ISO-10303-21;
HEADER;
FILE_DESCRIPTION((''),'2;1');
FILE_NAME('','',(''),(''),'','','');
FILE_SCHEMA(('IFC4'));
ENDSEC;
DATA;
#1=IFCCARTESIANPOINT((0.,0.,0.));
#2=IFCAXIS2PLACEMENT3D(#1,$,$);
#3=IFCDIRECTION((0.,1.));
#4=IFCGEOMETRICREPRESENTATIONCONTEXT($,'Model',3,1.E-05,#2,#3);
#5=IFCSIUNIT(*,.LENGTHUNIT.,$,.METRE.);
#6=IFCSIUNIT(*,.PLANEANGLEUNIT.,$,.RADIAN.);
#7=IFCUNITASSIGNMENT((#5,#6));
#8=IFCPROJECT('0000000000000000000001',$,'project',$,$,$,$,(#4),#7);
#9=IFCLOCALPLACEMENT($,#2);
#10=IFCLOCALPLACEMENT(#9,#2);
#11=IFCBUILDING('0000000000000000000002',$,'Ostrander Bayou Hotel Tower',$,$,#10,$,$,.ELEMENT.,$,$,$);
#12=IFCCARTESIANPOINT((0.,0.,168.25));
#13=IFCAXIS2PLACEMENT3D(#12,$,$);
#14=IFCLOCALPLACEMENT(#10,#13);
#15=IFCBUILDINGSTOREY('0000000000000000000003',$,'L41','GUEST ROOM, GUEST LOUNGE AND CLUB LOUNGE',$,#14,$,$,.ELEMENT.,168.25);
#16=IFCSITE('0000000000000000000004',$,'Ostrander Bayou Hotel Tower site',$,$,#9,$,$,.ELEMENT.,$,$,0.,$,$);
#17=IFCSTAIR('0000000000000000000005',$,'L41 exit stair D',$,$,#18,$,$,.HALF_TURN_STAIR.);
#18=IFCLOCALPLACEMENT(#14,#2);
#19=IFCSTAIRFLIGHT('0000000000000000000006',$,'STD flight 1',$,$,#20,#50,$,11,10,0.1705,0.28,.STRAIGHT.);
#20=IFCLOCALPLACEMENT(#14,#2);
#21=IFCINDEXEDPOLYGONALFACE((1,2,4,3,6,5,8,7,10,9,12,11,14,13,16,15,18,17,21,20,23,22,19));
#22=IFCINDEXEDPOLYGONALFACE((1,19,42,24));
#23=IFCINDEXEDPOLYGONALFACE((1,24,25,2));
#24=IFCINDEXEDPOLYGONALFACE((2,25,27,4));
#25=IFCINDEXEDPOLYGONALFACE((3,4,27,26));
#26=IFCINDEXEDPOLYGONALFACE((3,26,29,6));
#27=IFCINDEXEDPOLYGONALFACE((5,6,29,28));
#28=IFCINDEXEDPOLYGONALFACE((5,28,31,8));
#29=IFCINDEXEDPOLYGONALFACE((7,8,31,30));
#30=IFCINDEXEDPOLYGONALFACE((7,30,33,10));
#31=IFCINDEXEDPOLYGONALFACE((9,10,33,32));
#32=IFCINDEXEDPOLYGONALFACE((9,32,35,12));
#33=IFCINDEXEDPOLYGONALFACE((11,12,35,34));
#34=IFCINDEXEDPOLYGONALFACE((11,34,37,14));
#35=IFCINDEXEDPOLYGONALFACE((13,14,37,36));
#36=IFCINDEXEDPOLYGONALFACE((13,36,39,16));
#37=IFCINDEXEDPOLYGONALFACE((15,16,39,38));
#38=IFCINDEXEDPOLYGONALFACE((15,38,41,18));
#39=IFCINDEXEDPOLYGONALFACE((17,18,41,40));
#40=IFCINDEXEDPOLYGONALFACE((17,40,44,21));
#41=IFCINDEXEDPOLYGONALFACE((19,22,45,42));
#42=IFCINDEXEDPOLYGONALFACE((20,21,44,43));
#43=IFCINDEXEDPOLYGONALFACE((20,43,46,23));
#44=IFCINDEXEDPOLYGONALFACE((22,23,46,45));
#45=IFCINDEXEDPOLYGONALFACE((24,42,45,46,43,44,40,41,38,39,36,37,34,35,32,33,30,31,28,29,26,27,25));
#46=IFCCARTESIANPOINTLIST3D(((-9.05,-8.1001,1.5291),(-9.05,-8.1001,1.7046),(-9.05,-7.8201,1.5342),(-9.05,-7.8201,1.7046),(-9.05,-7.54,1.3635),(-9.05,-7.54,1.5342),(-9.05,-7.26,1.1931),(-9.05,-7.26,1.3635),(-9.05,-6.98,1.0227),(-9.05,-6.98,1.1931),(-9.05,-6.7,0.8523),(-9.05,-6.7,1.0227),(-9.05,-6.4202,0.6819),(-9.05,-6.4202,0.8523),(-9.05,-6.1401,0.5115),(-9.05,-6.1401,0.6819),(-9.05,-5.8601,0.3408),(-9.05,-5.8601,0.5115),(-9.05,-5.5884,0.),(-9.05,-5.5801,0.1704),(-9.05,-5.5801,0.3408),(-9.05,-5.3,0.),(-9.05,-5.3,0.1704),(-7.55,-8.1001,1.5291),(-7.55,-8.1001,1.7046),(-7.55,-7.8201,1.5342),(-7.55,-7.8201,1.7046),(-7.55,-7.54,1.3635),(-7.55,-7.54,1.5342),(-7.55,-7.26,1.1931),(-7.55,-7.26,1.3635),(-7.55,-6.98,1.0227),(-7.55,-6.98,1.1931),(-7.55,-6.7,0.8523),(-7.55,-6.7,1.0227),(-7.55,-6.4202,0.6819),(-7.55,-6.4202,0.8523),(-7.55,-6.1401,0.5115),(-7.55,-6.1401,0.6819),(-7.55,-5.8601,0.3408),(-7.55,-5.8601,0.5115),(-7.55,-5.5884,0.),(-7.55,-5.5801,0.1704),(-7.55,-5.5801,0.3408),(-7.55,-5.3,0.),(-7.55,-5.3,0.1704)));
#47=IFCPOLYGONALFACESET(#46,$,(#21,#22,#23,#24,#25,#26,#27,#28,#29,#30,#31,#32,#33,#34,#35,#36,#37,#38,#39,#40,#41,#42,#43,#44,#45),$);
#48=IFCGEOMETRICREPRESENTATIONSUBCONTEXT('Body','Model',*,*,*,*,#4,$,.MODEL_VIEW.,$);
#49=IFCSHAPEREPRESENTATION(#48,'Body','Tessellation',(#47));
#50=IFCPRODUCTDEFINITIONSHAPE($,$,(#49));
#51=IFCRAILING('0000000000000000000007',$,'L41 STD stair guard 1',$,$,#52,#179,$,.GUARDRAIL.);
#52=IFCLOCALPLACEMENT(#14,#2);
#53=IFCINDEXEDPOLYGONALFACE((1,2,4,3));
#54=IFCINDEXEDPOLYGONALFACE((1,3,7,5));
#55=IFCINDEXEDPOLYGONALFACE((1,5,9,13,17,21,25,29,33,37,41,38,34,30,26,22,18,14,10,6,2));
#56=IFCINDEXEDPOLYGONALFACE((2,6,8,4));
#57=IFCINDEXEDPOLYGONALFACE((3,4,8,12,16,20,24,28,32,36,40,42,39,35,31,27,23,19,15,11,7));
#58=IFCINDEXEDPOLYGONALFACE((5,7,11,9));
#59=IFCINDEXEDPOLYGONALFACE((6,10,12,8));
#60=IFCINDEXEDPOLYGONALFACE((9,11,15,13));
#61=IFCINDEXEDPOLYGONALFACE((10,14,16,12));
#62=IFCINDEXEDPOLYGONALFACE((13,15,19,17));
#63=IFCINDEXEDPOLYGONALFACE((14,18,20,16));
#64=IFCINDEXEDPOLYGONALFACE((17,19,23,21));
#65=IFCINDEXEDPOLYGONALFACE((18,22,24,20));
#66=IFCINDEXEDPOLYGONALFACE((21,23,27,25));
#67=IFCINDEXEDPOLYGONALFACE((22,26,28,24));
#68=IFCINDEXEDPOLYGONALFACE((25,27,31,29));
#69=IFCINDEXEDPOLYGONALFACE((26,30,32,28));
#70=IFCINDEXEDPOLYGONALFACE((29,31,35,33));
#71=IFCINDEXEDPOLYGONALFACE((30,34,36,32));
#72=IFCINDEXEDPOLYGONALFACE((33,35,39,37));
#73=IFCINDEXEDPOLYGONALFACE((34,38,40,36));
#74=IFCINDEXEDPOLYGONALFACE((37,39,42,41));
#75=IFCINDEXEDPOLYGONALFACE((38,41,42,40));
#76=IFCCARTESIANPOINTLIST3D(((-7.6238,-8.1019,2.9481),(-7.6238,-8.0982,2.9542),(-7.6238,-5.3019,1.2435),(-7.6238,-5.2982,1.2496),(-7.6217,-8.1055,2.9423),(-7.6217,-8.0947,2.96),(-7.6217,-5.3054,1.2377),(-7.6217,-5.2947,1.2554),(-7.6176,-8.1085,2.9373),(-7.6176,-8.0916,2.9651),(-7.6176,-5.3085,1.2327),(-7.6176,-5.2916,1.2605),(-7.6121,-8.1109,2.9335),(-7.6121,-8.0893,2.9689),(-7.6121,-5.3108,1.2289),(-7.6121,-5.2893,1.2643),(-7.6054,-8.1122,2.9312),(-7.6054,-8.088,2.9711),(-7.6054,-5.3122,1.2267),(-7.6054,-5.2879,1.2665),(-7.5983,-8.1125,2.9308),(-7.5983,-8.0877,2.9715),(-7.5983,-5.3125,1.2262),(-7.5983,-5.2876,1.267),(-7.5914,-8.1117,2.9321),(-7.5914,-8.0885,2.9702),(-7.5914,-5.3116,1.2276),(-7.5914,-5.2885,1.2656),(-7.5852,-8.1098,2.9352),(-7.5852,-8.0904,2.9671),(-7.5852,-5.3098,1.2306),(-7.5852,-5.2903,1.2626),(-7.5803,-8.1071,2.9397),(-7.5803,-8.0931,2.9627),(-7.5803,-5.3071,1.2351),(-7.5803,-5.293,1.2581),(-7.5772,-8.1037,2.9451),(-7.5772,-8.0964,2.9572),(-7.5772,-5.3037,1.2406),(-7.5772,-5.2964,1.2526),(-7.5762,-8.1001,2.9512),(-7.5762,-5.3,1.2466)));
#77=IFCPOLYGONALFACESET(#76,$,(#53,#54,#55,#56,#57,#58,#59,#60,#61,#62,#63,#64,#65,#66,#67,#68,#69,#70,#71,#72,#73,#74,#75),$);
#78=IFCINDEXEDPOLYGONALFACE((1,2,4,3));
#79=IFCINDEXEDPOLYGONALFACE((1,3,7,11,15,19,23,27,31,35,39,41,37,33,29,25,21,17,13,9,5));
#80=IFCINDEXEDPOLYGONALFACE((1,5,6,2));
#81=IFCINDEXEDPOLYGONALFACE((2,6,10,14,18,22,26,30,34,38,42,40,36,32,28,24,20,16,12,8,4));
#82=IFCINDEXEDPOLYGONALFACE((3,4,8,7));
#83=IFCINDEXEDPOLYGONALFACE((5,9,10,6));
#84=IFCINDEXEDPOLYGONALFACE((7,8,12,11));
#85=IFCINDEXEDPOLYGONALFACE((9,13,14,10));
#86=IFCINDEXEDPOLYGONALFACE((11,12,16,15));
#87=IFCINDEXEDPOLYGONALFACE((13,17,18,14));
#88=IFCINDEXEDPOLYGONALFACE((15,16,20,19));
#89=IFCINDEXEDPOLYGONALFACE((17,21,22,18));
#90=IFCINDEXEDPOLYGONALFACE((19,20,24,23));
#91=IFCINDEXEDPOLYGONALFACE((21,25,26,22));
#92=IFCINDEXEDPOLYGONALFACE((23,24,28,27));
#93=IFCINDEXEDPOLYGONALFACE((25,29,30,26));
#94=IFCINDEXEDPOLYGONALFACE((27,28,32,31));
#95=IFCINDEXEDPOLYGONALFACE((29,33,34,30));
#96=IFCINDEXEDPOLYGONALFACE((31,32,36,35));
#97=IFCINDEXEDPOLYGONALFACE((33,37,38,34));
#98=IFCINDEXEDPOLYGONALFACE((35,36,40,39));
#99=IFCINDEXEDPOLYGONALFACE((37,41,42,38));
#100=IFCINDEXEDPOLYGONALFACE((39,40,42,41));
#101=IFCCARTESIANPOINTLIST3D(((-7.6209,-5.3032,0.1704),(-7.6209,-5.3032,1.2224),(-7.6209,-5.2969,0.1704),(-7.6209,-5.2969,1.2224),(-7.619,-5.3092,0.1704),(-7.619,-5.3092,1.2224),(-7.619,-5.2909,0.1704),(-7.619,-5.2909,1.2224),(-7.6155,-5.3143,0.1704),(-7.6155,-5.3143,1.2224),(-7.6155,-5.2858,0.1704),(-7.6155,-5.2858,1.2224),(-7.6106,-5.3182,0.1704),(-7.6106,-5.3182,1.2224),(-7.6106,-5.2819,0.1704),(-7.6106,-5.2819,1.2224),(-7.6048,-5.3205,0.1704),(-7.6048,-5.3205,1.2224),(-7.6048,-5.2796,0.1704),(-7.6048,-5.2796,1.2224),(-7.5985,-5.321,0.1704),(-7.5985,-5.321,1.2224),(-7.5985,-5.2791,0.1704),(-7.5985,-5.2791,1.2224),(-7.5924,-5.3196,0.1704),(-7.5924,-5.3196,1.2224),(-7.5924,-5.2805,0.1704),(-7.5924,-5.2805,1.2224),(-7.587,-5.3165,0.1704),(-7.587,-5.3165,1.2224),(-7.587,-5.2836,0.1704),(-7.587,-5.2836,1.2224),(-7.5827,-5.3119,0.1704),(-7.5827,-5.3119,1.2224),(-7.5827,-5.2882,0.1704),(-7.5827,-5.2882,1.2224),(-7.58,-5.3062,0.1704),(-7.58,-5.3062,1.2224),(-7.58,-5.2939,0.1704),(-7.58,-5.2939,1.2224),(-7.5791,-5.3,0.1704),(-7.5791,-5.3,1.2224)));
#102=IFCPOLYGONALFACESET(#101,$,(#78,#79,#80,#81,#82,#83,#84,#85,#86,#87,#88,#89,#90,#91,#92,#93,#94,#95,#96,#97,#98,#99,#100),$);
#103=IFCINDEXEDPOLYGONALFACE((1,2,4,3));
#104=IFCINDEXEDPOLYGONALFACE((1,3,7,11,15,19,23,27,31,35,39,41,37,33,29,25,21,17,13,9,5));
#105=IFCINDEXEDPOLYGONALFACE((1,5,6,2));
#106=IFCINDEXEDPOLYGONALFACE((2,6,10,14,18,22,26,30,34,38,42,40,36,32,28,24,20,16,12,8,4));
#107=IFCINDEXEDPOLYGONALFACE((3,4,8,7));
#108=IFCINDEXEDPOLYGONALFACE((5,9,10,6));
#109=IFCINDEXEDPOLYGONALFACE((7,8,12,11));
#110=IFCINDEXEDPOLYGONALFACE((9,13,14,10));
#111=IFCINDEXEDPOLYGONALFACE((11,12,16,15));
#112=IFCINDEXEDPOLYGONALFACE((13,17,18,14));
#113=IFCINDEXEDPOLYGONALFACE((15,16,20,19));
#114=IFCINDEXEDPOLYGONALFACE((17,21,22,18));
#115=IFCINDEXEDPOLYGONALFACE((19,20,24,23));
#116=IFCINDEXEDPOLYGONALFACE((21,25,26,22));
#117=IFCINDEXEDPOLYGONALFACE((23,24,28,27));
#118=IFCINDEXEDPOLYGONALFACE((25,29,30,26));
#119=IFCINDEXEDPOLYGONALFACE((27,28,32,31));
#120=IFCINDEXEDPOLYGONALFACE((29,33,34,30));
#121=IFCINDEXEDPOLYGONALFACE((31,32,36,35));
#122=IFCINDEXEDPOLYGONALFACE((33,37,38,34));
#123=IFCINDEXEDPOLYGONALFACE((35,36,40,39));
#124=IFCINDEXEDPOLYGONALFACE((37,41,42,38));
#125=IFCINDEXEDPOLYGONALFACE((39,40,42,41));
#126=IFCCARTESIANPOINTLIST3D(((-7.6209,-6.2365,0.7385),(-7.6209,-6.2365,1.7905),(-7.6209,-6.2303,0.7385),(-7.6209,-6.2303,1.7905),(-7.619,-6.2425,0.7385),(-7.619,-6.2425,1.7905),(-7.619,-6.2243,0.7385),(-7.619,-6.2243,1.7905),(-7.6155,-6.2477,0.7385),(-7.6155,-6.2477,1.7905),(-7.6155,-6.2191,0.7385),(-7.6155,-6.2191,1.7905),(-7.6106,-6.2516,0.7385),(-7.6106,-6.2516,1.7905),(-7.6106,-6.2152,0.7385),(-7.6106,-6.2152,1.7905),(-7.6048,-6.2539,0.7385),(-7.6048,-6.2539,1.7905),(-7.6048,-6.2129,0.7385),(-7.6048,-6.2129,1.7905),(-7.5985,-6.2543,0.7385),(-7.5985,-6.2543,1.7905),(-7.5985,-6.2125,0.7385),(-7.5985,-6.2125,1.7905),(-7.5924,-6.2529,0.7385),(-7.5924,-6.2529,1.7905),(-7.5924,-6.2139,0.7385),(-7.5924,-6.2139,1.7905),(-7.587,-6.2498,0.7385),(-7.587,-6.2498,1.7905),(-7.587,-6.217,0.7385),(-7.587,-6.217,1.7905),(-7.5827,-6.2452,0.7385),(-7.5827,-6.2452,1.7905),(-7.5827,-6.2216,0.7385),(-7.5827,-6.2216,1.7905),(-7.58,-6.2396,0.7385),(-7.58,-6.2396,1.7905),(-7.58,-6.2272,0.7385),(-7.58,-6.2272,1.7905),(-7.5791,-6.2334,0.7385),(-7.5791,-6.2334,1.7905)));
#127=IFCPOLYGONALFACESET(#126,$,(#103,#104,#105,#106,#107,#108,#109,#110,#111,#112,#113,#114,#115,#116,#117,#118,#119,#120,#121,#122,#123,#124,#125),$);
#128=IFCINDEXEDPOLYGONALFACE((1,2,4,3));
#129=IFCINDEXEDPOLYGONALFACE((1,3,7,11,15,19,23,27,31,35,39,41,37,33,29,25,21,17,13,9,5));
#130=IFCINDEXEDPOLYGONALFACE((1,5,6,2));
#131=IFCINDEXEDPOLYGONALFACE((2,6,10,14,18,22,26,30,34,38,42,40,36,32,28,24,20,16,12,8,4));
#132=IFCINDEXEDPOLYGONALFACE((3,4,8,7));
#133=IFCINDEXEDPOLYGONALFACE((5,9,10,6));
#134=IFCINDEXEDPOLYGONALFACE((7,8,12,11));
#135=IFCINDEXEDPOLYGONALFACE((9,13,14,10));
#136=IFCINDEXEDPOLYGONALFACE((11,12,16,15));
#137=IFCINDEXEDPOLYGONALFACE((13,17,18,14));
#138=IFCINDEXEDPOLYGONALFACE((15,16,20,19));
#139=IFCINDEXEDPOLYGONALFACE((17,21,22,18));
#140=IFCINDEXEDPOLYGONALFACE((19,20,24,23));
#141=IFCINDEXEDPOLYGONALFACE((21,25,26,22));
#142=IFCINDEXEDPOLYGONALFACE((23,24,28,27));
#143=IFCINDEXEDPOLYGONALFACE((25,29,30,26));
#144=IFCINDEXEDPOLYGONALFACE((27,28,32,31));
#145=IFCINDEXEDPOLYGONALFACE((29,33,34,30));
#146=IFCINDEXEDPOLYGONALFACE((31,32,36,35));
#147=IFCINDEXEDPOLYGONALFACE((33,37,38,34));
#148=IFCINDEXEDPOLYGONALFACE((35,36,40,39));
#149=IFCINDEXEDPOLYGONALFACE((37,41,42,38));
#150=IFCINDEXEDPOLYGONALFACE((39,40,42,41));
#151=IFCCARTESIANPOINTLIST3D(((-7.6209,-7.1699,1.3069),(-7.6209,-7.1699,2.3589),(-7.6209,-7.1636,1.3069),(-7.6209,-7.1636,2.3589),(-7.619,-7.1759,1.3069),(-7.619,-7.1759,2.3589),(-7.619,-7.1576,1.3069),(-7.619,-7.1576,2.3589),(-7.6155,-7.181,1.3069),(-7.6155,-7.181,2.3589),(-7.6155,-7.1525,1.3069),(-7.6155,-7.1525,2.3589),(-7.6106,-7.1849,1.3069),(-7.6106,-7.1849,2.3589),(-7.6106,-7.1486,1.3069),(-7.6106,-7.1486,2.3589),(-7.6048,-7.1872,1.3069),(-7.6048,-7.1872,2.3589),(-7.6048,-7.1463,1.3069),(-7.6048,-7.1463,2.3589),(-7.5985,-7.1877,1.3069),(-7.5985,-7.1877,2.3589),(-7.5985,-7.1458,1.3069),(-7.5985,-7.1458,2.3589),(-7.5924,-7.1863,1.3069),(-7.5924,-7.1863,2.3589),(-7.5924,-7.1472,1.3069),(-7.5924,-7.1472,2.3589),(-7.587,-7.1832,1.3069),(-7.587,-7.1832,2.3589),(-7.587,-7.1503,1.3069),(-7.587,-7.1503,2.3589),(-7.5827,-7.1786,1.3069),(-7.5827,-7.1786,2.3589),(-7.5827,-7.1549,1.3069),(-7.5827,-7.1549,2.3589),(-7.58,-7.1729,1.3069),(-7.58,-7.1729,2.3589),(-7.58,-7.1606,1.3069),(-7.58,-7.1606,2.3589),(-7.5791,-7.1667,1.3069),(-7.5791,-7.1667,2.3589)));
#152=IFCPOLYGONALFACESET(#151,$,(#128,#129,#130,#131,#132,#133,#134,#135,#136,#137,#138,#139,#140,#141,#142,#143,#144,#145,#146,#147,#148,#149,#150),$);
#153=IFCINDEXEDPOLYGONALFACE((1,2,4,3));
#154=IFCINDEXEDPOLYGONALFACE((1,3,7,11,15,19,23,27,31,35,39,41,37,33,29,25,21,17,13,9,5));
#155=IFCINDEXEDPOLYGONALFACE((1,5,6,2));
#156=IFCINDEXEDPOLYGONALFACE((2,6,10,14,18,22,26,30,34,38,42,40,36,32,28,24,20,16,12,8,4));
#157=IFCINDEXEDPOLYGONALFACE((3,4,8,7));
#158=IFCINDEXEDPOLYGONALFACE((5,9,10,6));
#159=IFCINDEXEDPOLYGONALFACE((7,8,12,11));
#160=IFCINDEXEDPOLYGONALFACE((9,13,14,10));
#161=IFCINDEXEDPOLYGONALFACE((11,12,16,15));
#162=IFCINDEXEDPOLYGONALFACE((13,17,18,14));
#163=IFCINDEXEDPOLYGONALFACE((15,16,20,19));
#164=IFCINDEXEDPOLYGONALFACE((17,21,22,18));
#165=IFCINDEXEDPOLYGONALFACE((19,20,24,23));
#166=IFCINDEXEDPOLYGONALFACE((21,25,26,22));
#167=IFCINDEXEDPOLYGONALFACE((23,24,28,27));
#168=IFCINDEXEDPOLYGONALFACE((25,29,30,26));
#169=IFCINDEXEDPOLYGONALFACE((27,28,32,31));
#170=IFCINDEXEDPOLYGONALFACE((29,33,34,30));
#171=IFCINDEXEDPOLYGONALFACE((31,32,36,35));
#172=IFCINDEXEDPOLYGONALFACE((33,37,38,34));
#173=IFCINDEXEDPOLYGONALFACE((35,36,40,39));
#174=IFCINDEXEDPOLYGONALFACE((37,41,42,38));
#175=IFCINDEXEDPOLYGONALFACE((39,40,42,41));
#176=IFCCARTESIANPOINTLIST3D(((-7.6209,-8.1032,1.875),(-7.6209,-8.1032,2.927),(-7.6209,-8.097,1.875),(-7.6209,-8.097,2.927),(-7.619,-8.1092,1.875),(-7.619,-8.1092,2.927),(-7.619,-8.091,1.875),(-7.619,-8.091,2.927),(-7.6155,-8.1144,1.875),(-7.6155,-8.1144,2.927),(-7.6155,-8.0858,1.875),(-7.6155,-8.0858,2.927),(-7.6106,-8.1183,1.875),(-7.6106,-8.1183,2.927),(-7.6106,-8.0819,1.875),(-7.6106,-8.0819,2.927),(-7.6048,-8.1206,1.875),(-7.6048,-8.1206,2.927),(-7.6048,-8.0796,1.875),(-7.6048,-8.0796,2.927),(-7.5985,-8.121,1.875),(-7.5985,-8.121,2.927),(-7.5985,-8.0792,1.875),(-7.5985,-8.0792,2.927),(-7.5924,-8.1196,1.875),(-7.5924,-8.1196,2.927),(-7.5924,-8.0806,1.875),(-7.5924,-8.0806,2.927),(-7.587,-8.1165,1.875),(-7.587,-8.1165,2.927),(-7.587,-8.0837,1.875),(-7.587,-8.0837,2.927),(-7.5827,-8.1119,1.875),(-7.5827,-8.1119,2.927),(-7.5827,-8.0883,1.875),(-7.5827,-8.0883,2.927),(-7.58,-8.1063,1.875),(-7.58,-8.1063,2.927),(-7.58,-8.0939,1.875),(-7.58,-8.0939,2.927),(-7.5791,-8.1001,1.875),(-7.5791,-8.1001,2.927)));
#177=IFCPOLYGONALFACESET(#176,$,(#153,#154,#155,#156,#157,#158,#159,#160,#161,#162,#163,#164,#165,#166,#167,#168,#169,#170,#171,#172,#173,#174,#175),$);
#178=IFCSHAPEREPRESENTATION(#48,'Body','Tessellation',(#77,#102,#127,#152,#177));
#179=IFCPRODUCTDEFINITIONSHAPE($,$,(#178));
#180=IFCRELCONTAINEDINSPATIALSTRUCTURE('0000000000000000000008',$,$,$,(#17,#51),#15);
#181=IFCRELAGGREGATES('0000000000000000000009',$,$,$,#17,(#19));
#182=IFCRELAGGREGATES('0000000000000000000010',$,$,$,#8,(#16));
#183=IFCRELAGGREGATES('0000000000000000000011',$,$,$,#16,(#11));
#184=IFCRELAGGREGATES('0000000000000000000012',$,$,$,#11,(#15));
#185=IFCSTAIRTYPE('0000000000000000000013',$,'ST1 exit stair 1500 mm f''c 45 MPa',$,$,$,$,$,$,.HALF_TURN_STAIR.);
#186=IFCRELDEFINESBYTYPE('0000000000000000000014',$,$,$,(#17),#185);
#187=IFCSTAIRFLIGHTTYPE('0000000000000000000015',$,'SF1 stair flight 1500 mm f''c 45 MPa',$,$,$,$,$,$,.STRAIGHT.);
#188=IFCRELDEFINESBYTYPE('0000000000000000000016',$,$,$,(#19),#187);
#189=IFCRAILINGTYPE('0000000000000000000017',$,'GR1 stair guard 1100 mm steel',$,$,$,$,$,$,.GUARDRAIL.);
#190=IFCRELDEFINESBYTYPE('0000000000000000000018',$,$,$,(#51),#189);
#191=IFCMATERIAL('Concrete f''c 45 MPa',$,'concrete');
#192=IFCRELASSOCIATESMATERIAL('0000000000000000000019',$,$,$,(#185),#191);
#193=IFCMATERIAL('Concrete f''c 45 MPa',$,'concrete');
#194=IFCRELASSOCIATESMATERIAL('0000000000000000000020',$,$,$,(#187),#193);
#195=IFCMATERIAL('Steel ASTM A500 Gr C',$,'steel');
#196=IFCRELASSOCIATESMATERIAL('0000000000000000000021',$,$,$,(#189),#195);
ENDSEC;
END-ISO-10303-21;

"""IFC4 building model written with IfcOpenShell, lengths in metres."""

from ifc_helpers import new_model, si_unit, direction, frame, origin, origin_2d, place, context, subcontext, project, spatial, polyline, circle, outline, extrude, material, type_object, element, aggregate, save


model = new_model("IFC4")

# Units and contexts
model_context = context("Model", 3, precision=1e-05, world=origin(), true_north=direction((0.0, 1.0)))
body_context = subcontext(model_context, "Body", "Model", "MODEL_VIEW")
ifc_project = project(units=[si_unit("LENGTHUNIT", "METRE"), si_unit("PLANEANGLEUNIT", "RADIAN")], contexts=[model_context])

# Site, building, storey
site_placement = place(None, origin())
site = spatial("IfcSite", under=ifc_project, at=site_placement, Name="Ostrander Bayou Hotel Tower site", CompositionType="ELEMENT", RefElevation=0.0)
building_placement = place(site_placement, origin())
building = spatial("IfcBuilding", under=site, at=building_placement, Name="Ostrander Bayou Hotel Tower", CompositionType="ELEMENT")
storey_placement = place(building_placement, frame((0.0, 0.0, 168.25)))
storey = spatial("IfcBuildingStorey", under=building, at=storey_placement, Name="L41", Description="GUEST ROOM, GUEST LOUNGE AND CLUB LOUNGE", CompositionType="ELEMENT", Elevation=168.25)

# Stair, stair flight
ifc_material_1 = material(Name="Concrete f'c 45 MPa", Category="concrete")
stair_type = type_object("IfcStairType", Name="ST1 exit stair 1500 mm f'c 45 MPa", PredefinedType="HALF_TURN_STAIR", material=ifc_material_1)
stair_placement = place(storey_placement, origin())
stair = element("IfcStair", 1, at=stair_placement, inside=storey, type_object=stair_type, Name="L41 exit stair D", PredefinedType="HALF_TURN_STAIR")
ifc_material_2 = material(Name="Concrete f'c 45 MPa", Category="concrete")
stair_flight_type = type_object("IfcStairFlightType", Name="SF1 stair flight 1500 mm f'c 45 MPa", PredefinedType="STRAIGHT", material=ifc_material_2)
stair_flight_placement = place(storey_placement, frame((-8.3, -5.3, 0.0), z_axis=(0.0, 0.0, 1.0), x_axis=(0.0, -1.0, 0.0)))
stair_flight = element("IfcStairFlight", 2, at=stair_flight_placement, type_object=stair_flight_type, Name="STD flight 1", NumberOfRisers=11, NumberOfTreads=10, PredefinedType="STRAIGHT", RiserHeight=0.1705, TreadLength=0.28, context=body_context, shape_type="SweptSolid", body=[
    extrude(outline(polyline([(0.0, 0.0), (0.0, 0.1704), (0.28, 0.1704), (0.28, 0.3408), (0.5601, 0.3408), (0.5601, 0.5115), (0.8401, 0.5115), (0.8401, 0.6819), (1.1201, 0.6819), (1.1201, 0.8523), (1.3999, 0.8523), (1.3999, 1.0227), (1.6799, 1.0227), (1.6799, 1.1931), (1.96, 1.1931), (1.96, 1.3635), (2.24, 1.3635), (2.24, 1.5342), (2.52, 1.5342), (2.52, 1.7046), (2.8, 1.7046), (2.8, 1.875), (2.8, 1.5291), (0.2883, 0.0), (0.0, 0.0)])), frame((0.0, 0.75, 0.0), z_axis=(0.0, -1.0, 0.0), x_axis=(1.0, 0.0, 0.0)), (0.0, 0.0, 1.0), 1.5),
])
aggregate(stair, [stair_flight])

# Railing
ifc_material_3 = material(Name="Steel ASTM A500 Gr C", Category="steel")
railing_type_1 = type_object("IfcRailingType", Name="GR1 stair guard 1100 mm steel", PredefinedType="GUARDRAIL", material=ifc_material_3)
railing_1_placement = place(storey_placement, frame((-7.6001, -5.3, 0.1704)))
element("IfcRailing", 3, at=railing_1_placement, inside=storey, type_object=railing_type_1, Name="L41 STD stair guard 1", PredefinedType="GUARDRAIL", context=body_context, shape_type="SweptSolid", body=[
    extrude(circle(Radius=0.0239, at=origin_2d()), frame((0.0, 0.0, 1.0762), z_axis=(0.0, -0.85417, 0.519994), x_axis=(1.0, 0.0, 0.0)), (0.0, 0.0, 1.0), 3.2781),
    extrude(circle(Radius=0.021, at=origin_2d()), origin(), (0.0, 0.0, 1.0), 1.052),
    extrude(circle(Radius=0.021, at=origin_2d()), frame((0.0, -0.9333, 0.5681)), (0.0, 0.0, 1.0), 1.052),
    extrude(circle(Radius=0.021, at=origin_2d()), frame((0.0, -1.8667, 1.1365)), (0.0, 0.0, 1.0), 1.052),
    extrude(circle(Radius=0.021, at=origin_2d()), frame((0.0, -2.8, 1.7046)), (0.0, 0.0, 1.0), 1.052),
])

save(model, "model.ifc")
